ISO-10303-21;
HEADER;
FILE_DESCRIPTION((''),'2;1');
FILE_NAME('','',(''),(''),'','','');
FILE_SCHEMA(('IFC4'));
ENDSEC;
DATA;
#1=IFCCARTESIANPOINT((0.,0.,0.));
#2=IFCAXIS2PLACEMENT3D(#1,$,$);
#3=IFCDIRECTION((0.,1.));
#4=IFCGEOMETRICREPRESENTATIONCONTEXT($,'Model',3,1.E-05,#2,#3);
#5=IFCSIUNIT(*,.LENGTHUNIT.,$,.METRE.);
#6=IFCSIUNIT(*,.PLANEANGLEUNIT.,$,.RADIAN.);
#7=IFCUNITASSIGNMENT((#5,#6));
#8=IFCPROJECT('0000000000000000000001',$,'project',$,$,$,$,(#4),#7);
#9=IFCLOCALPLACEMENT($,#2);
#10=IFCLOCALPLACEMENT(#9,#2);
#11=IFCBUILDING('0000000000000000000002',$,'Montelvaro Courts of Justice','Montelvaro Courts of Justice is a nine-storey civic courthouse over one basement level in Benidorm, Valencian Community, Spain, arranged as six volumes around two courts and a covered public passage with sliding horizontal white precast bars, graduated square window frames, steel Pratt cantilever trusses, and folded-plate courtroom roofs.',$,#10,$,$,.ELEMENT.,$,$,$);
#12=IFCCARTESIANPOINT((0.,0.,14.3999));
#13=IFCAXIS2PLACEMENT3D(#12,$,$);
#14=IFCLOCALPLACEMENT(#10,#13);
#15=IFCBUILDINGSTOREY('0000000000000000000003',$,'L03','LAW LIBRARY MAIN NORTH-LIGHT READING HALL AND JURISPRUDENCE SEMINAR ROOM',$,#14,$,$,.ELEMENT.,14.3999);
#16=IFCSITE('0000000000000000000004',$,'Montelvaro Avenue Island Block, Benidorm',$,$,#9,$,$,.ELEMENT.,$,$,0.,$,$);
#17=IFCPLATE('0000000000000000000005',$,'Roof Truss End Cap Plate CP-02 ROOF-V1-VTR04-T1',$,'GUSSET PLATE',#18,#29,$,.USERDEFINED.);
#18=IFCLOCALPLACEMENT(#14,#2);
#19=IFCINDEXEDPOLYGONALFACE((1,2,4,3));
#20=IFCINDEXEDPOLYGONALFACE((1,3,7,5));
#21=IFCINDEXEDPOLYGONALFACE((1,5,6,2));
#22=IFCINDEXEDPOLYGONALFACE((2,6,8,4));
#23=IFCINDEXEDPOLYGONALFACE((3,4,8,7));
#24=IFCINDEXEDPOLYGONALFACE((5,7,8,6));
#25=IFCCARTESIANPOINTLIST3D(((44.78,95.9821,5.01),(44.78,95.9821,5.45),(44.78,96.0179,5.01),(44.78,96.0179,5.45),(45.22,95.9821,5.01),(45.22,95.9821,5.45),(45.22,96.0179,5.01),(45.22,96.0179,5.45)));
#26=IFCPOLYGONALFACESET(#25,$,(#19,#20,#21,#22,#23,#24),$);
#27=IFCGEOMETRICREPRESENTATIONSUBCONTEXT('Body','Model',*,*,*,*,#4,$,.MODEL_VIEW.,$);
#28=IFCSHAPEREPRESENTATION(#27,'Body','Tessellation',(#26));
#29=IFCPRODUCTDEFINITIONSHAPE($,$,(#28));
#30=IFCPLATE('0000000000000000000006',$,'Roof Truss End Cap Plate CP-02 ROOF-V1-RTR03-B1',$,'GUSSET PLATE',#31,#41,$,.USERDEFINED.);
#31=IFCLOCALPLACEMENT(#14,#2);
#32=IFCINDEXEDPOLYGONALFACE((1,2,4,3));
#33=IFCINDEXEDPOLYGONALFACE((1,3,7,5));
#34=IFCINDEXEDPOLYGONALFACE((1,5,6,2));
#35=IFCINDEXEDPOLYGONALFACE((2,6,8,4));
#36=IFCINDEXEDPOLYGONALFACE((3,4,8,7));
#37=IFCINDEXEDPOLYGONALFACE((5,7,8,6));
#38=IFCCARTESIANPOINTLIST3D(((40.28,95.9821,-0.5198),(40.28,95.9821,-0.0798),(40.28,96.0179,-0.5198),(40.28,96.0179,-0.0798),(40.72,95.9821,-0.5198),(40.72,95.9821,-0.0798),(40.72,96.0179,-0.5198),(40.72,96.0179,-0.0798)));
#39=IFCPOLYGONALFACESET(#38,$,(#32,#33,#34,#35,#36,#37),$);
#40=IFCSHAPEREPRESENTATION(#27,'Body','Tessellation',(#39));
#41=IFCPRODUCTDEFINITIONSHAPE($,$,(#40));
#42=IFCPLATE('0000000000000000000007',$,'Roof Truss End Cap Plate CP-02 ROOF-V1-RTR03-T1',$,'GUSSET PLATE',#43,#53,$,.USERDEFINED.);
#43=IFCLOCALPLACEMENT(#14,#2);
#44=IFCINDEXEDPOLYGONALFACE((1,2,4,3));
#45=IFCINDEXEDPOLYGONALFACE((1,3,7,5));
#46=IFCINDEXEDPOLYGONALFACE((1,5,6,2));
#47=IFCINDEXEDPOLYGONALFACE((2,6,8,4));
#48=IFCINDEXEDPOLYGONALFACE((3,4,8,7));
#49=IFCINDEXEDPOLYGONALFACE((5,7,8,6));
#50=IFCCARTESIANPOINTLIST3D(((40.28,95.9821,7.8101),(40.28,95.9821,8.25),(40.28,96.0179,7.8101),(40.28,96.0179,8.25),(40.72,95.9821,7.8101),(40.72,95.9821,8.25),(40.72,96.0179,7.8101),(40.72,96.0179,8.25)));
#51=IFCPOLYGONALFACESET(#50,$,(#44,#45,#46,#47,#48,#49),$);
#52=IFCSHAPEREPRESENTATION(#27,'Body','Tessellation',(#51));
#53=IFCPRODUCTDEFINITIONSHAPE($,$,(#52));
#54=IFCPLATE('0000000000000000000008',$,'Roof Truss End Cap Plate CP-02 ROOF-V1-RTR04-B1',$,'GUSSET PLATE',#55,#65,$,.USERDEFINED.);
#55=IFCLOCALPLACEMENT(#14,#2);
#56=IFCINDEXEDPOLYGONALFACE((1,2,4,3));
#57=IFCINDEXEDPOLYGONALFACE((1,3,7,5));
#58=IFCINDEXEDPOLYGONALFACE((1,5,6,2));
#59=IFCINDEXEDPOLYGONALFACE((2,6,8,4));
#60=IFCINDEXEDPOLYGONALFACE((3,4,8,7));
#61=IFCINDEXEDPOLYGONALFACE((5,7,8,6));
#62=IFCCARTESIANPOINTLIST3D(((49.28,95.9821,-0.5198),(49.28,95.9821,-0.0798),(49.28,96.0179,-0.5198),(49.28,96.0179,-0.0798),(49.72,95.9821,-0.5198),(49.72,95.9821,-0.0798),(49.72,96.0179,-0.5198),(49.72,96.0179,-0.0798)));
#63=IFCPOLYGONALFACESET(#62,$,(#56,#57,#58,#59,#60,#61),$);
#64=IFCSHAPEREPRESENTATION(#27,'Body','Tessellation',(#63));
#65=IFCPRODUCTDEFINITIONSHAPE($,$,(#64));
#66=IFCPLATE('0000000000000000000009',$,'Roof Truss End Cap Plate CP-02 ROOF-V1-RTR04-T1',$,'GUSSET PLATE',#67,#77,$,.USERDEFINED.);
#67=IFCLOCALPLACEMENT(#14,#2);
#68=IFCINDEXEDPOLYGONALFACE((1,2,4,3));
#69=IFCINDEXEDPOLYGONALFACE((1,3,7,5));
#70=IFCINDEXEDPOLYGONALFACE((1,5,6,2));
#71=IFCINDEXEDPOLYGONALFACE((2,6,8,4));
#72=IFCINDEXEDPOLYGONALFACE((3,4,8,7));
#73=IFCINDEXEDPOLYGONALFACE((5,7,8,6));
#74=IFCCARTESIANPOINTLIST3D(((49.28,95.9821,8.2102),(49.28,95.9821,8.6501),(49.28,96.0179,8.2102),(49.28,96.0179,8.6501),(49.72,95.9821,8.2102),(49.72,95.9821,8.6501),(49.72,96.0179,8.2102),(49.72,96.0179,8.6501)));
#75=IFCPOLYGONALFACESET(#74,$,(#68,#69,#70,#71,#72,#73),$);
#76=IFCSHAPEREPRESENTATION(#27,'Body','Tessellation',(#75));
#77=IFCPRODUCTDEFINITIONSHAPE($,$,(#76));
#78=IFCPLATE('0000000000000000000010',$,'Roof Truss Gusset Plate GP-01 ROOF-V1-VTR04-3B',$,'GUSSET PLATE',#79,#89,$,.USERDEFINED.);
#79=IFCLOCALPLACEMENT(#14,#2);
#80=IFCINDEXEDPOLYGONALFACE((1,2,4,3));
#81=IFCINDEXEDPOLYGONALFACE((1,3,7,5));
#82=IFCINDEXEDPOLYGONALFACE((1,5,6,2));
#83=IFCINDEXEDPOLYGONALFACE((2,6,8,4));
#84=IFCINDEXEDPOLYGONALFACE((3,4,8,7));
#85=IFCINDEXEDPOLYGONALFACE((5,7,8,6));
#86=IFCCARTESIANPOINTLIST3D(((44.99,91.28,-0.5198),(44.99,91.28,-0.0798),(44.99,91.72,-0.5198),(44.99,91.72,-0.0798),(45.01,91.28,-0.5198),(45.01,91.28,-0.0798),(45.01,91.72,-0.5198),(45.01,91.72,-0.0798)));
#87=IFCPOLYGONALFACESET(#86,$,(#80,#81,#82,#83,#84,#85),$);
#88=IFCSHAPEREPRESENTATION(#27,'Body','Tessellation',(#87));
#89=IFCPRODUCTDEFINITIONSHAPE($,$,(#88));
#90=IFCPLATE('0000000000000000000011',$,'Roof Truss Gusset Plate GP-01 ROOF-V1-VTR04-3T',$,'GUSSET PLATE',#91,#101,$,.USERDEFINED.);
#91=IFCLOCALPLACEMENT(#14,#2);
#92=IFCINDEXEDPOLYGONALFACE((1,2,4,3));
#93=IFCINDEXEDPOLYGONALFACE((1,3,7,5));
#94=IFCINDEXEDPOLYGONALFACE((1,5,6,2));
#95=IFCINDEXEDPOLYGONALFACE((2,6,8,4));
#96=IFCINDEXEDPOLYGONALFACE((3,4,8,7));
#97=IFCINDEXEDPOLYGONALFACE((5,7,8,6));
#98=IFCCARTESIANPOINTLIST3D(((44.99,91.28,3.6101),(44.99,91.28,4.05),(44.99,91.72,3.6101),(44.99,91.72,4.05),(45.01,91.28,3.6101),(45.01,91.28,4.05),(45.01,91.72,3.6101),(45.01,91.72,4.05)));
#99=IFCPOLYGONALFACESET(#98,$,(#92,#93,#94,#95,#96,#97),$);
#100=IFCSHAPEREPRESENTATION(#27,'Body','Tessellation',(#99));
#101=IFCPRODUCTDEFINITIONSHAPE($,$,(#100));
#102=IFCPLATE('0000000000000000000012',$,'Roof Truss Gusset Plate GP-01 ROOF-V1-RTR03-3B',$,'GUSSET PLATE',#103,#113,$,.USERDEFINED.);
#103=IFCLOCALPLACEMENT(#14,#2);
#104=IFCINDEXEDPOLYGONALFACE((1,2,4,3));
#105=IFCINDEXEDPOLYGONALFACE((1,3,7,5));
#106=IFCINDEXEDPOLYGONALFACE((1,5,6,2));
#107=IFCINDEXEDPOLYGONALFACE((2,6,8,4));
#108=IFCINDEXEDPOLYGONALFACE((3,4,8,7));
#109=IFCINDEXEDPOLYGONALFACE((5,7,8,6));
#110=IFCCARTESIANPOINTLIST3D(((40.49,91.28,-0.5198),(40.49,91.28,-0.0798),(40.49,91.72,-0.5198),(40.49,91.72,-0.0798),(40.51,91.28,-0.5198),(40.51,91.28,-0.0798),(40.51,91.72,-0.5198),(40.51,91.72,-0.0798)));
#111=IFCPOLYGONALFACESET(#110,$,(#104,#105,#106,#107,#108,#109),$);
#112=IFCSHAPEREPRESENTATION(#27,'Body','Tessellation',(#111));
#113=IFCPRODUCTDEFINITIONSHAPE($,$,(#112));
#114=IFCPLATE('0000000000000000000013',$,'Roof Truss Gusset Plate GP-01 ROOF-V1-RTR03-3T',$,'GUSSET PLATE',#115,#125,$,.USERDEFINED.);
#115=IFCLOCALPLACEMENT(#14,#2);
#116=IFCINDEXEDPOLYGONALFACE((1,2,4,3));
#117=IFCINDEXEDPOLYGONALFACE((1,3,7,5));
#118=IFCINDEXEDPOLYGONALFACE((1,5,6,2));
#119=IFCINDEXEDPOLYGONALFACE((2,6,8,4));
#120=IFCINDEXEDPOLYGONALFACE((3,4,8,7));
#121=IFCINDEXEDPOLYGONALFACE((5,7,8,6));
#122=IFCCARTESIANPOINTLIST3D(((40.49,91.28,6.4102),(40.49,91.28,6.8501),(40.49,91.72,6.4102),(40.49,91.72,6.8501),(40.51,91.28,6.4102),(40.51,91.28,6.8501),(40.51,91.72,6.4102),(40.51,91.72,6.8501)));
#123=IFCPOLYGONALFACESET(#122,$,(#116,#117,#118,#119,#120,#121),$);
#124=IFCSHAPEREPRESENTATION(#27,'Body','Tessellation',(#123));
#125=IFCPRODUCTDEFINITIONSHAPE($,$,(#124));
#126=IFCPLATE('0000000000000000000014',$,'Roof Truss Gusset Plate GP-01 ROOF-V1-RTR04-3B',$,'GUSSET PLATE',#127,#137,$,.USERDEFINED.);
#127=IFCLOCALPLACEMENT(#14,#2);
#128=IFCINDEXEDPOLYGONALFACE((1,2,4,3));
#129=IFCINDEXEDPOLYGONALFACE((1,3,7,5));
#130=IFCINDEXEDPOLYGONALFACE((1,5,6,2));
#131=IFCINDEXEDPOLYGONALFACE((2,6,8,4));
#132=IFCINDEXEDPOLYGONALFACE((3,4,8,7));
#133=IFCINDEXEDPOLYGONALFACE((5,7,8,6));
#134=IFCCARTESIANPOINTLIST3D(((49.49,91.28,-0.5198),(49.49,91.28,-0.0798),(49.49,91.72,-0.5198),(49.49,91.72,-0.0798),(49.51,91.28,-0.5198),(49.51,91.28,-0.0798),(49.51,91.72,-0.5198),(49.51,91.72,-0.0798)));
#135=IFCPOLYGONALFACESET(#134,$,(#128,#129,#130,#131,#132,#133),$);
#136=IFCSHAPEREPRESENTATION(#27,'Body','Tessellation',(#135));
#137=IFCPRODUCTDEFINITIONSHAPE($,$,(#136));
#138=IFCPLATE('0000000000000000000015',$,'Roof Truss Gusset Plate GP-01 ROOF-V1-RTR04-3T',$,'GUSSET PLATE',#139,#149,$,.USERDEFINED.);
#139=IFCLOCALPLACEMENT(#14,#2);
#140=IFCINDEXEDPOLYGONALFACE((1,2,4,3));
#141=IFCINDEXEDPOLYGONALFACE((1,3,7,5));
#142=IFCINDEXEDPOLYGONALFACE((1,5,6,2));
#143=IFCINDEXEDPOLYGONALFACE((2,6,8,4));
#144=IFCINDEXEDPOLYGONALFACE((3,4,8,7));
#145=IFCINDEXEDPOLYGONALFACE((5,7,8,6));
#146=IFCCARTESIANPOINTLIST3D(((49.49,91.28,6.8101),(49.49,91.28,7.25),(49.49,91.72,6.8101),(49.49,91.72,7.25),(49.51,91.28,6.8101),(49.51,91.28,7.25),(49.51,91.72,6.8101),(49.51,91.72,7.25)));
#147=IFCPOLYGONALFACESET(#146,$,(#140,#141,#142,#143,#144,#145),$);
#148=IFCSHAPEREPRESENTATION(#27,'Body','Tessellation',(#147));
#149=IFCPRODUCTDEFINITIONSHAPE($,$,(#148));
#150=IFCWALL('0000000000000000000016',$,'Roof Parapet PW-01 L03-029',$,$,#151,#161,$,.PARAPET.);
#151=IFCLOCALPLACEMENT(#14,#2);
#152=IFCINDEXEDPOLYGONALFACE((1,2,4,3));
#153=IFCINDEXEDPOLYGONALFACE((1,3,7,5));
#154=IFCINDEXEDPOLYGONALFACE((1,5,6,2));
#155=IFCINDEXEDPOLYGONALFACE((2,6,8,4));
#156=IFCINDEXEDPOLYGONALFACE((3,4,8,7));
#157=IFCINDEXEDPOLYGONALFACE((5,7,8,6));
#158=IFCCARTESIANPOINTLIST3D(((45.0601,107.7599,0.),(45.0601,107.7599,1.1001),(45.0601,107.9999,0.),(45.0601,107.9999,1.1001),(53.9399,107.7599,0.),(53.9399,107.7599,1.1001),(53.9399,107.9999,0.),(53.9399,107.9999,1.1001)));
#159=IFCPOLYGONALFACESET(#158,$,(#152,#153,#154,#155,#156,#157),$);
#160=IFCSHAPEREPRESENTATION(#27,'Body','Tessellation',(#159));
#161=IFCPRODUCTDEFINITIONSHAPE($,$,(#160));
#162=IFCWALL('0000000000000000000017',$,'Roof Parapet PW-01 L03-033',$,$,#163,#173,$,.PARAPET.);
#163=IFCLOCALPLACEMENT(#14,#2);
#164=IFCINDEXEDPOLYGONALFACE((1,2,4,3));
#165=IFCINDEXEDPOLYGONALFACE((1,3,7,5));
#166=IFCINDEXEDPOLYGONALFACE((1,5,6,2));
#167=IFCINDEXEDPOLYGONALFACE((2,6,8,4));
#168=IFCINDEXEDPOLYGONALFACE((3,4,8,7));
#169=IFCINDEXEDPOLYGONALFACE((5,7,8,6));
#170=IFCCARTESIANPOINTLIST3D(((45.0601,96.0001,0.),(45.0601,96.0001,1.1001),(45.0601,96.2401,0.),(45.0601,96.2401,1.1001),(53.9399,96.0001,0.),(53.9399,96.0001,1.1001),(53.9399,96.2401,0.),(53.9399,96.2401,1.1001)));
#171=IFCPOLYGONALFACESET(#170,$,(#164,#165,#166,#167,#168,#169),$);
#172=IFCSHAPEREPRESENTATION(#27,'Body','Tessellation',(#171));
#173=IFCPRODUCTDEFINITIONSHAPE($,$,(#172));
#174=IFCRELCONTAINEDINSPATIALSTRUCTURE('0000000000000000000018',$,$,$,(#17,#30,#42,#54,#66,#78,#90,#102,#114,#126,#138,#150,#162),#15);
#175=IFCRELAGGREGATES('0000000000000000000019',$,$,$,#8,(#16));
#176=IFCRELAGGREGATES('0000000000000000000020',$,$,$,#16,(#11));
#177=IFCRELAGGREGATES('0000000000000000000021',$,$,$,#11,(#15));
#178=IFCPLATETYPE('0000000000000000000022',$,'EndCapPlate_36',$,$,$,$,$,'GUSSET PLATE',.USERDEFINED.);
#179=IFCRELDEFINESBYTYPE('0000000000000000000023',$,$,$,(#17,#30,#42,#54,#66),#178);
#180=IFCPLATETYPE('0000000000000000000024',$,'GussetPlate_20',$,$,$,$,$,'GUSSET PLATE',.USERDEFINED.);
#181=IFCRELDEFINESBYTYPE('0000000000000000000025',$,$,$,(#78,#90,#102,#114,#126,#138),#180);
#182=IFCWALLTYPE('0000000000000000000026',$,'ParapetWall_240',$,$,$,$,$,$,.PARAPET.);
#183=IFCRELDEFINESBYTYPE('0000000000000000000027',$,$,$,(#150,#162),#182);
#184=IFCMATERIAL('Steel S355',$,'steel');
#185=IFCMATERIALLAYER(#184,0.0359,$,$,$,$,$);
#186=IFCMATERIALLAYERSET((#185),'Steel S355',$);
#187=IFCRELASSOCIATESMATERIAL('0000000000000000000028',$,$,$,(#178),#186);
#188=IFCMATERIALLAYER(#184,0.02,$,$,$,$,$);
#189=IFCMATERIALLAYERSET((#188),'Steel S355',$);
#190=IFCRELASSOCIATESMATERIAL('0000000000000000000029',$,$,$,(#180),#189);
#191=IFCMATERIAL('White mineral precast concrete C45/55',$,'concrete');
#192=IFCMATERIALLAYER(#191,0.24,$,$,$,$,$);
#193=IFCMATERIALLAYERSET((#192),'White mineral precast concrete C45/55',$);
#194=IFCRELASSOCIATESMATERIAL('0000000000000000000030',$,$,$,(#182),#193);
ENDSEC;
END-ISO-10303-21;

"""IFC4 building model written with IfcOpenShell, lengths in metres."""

from ifc_helpers import new_model, si_unit, direction, frame, frame_2d, origin, origin_2d, place, context, subcontext, project, spatial, rectangle, extrude, material, layer, layer_set, type_object, element, save


model = new_model("IFC4")

# Units and contexts
model_context = context("Model", 3, precision=1e-05, world=origin(), true_north=direction((0.0, 1.0)))
body_context = subcontext(model_context, "Body", "Model", "MODEL_VIEW")
ifc_project = project(units=[si_unit("LENGTHUNIT", "METRE"), si_unit("PLANEANGLEUNIT", "RADIAN")], contexts=[model_context])

# Site, building, storey
site_placement = place(None, origin())
site = spatial("IfcSite", under=ifc_project, at=site_placement, Name="Montelvaro Avenue Island Block, Benidorm", CompositionType="ELEMENT", RefElevation=0.0)
building_placement = place(site_placement, origin())
building = spatial("IfcBuilding", under=site, at=building_placement, Name="Montelvaro Courts of Justice", Description="Montelvaro Courts of Justice is a nine-storey civic courthouse over one basement level in Benidorm, Valencian Community, Spain, arranged as six volumes around two courts and a covered public passage with sliding horizontal white precast bars, graduated square window frames, steel Pratt cantilever trusses, and folded-plate courtroom roofs.", CompositionType="ELEMENT")
storey_placement = place(building_placement, frame((0.0, 0.0, 14.3999)))
storey = spatial("IfcBuildingStorey", under=building, at=storey_placement, Name="L03", Description="LAW LIBRARY MAIN NORTH-LIGHT READING HALL AND JURISPRUDENCE SEMINAR ROOM", CompositionType="ELEMENT", Elevation=14.3999)

# Shared definitions
ifc_material_1 = material(Name="Steel S355", Category="steel")

# Plates
ifc_layer_1 = layer(ifc_material_1, 0.0359)
ifc_layer_set_1 = layer_set([ifc_layer_1], Name="Steel S355")
plate_type_1 = type_object("IfcPlateType", Name="EndCapPlate_36", ElementType="GUSSET PLATE", PredefinedType="USERDEFINED", material=ifc_layer_set_1)
for number, where, z_axis, x_axis, name in (
    (1, (45.0, 96.0, 5.01), (0.0, 0.0, 1.0), (1.0, 0.0, 0.0), "Roof Truss End Cap Plate CP-02 ROOF-V1-VTR04-T1"),
    (2, (40.5, 96.0, -0.5198), (0.0, 0.0, 1.0), (1.0, 0.0, 0.0), "Roof Truss End Cap Plate CP-02 ROOF-V1-RTR03-B1"),
    (3, (40.5, 96.0, 7.8101), (0.0, 0.0, 1.0), (1.0, 0.0, 0.0), "Roof Truss End Cap Plate CP-02 ROOF-V1-RTR03-T1"),
    (4, (49.5, 96.0, -0.5198), (0.0, 0.0, 1.0), (1.0, 0.0, 0.0), "Roof Truss End Cap Plate CP-02 ROOF-V1-RTR04-B1"),
    (5, (49.5, 96.0, 8.2102), (0.0, 0.0, 1.0), (1.0, 0.0, 0.0), "Roof Truss End Cap Plate CP-02 ROOF-V1-RTR04-T1"),
):
    element("IfcPlate", number, at=place(storey_placement, frame(where, z_axis=z_axis, x_axis=x_axis)), inside=storey, type_object=plate_type_1, Name=name, ObjectType="GUSSET PLATE", PredefinedType="USERDEFINED", context=body_context, shape_type="SweptSolid", body=[
        extrude(rectangle(XDim=0.4399, YDim=0.0359, at=origin_2d()), origin(), (0.0, 0.0, 1.0), 0.4399),
    ])
ifc_layer_2 = layer(ifc_material_1, 0.02)
ifc_layer_set_2 = layer_set([ifc_layer_2], Name="Steel S355")
plate_type_2 = type_object("IfcPlateType", Name="GussetPlate_20", ElementType="GUSSET PLATE", PredefinedType="USERDEFINED", material=ifc_layer_set_2)
for number, where, z_axis, x_axis, name in (
    (6, (45.0, 91.5, -0.5198), (0.0, 0.0, 1.0), (1.0, 0.0, 0.0), "Roof Truss Gusset Plate GP-01 ROOF-V1-VTR04-3B"),
    (7, (45.0, 91.5, 3.6101), (0.0, 0.0, 1.0), (1.0, 0.0, 0.0), "Roof Truss Gusset Plate GP-01 ROOF-V1-VTR04-3T"),
    (8, (40.5, 91.5, -0.5198), (0.0, 0.0, 1.0), (1.0, 0.0, 0.0), "Roof Truss Gusset Plate GP-01 ROOF-V1-RTR03-3B"),
    (9, (40.5, 91.5, 6.4102), (0.0, 0.0, 1.0), (1.0, 0.0, 0.0), "Roof Truss Gusset Plate GP-01 ROOF-V1-RTR03-3T"),
    (10, (49.5, 91.5, -0.5198), (0.0, 0.0, 1.0), (1.0, 0.0, 0.0), "Roof Truss Gusset Plate GP-01 ROOF-V1-RTR04-3B"),
    (11, (49.5, 91.5, 6.8101), (0.0, 0.0, 1.0), (1.0, 0.0, 0.0), "Roof Truss Gusset Plate GP-01 ROOF-V1-RTR04-3T"),
):
    element("IfcPlate", number, at=place(storey_placement, frame(where, z_axis=z_axis, x_axis=x_axis)), inside=storey, type_object=plate_type_2, Name=name, ObjectType="GUSSET PLATE", PredefinedType="USERDEFINED", context=body_context, shape_type="SweptSolid", body=[
        extrude(rectangle(XDim=0.02, YDim=0.4399, at=origin_2d()), origin(), (0.0, 0.0, 1.0), 0.4399),
    ])

# Walls
ifc_material_2 = material(Name="White mineral precast concrete C45/55", Category="concrete")
ifc_layer_3 = layer(ifc_material_2, 0.24)
ifc_layer_set_3 = layer_set([ifc_layer_3], Name="White mineral precast concrete C45/55")
wall_type = type_object("IfcWallType", Name="ParapetWall_240", PredefinedType="PARAPET", material=ifc_layer_set_3)
for number, where, z_axis, x_axis, name in (
    (12, (45.0601, 107.8799, 0.0), (0.0, 0.0, 1.0), (1.0, 0.0, 0.0), "Roof Parapet PW-01 L03-029"),
    (13, (45.0601, 96.1201, 0.0), (0.0, 0.0, 1.0), (1.0, 0.0, 0.0), "Roof Parapet PW-01 L03-033"),
):
    element("IfcWall", number, at=place(storey_placement, frame(where, z_axis=z_axis, x_axis=x_axis)), inside=storey, type_object=wall_type, Name=name, PredefinedType="PARAPET", context=body_context, shape_type="SweptSolid", body=[
        extrude(rectangle(XDim=8.8799, YDim=0.24, at=frame_2d((4.4399, 0.0))), origin(), (0.0, 0.0, 1.0), 1.1001),
    ])

save(model, "model.ifc")
